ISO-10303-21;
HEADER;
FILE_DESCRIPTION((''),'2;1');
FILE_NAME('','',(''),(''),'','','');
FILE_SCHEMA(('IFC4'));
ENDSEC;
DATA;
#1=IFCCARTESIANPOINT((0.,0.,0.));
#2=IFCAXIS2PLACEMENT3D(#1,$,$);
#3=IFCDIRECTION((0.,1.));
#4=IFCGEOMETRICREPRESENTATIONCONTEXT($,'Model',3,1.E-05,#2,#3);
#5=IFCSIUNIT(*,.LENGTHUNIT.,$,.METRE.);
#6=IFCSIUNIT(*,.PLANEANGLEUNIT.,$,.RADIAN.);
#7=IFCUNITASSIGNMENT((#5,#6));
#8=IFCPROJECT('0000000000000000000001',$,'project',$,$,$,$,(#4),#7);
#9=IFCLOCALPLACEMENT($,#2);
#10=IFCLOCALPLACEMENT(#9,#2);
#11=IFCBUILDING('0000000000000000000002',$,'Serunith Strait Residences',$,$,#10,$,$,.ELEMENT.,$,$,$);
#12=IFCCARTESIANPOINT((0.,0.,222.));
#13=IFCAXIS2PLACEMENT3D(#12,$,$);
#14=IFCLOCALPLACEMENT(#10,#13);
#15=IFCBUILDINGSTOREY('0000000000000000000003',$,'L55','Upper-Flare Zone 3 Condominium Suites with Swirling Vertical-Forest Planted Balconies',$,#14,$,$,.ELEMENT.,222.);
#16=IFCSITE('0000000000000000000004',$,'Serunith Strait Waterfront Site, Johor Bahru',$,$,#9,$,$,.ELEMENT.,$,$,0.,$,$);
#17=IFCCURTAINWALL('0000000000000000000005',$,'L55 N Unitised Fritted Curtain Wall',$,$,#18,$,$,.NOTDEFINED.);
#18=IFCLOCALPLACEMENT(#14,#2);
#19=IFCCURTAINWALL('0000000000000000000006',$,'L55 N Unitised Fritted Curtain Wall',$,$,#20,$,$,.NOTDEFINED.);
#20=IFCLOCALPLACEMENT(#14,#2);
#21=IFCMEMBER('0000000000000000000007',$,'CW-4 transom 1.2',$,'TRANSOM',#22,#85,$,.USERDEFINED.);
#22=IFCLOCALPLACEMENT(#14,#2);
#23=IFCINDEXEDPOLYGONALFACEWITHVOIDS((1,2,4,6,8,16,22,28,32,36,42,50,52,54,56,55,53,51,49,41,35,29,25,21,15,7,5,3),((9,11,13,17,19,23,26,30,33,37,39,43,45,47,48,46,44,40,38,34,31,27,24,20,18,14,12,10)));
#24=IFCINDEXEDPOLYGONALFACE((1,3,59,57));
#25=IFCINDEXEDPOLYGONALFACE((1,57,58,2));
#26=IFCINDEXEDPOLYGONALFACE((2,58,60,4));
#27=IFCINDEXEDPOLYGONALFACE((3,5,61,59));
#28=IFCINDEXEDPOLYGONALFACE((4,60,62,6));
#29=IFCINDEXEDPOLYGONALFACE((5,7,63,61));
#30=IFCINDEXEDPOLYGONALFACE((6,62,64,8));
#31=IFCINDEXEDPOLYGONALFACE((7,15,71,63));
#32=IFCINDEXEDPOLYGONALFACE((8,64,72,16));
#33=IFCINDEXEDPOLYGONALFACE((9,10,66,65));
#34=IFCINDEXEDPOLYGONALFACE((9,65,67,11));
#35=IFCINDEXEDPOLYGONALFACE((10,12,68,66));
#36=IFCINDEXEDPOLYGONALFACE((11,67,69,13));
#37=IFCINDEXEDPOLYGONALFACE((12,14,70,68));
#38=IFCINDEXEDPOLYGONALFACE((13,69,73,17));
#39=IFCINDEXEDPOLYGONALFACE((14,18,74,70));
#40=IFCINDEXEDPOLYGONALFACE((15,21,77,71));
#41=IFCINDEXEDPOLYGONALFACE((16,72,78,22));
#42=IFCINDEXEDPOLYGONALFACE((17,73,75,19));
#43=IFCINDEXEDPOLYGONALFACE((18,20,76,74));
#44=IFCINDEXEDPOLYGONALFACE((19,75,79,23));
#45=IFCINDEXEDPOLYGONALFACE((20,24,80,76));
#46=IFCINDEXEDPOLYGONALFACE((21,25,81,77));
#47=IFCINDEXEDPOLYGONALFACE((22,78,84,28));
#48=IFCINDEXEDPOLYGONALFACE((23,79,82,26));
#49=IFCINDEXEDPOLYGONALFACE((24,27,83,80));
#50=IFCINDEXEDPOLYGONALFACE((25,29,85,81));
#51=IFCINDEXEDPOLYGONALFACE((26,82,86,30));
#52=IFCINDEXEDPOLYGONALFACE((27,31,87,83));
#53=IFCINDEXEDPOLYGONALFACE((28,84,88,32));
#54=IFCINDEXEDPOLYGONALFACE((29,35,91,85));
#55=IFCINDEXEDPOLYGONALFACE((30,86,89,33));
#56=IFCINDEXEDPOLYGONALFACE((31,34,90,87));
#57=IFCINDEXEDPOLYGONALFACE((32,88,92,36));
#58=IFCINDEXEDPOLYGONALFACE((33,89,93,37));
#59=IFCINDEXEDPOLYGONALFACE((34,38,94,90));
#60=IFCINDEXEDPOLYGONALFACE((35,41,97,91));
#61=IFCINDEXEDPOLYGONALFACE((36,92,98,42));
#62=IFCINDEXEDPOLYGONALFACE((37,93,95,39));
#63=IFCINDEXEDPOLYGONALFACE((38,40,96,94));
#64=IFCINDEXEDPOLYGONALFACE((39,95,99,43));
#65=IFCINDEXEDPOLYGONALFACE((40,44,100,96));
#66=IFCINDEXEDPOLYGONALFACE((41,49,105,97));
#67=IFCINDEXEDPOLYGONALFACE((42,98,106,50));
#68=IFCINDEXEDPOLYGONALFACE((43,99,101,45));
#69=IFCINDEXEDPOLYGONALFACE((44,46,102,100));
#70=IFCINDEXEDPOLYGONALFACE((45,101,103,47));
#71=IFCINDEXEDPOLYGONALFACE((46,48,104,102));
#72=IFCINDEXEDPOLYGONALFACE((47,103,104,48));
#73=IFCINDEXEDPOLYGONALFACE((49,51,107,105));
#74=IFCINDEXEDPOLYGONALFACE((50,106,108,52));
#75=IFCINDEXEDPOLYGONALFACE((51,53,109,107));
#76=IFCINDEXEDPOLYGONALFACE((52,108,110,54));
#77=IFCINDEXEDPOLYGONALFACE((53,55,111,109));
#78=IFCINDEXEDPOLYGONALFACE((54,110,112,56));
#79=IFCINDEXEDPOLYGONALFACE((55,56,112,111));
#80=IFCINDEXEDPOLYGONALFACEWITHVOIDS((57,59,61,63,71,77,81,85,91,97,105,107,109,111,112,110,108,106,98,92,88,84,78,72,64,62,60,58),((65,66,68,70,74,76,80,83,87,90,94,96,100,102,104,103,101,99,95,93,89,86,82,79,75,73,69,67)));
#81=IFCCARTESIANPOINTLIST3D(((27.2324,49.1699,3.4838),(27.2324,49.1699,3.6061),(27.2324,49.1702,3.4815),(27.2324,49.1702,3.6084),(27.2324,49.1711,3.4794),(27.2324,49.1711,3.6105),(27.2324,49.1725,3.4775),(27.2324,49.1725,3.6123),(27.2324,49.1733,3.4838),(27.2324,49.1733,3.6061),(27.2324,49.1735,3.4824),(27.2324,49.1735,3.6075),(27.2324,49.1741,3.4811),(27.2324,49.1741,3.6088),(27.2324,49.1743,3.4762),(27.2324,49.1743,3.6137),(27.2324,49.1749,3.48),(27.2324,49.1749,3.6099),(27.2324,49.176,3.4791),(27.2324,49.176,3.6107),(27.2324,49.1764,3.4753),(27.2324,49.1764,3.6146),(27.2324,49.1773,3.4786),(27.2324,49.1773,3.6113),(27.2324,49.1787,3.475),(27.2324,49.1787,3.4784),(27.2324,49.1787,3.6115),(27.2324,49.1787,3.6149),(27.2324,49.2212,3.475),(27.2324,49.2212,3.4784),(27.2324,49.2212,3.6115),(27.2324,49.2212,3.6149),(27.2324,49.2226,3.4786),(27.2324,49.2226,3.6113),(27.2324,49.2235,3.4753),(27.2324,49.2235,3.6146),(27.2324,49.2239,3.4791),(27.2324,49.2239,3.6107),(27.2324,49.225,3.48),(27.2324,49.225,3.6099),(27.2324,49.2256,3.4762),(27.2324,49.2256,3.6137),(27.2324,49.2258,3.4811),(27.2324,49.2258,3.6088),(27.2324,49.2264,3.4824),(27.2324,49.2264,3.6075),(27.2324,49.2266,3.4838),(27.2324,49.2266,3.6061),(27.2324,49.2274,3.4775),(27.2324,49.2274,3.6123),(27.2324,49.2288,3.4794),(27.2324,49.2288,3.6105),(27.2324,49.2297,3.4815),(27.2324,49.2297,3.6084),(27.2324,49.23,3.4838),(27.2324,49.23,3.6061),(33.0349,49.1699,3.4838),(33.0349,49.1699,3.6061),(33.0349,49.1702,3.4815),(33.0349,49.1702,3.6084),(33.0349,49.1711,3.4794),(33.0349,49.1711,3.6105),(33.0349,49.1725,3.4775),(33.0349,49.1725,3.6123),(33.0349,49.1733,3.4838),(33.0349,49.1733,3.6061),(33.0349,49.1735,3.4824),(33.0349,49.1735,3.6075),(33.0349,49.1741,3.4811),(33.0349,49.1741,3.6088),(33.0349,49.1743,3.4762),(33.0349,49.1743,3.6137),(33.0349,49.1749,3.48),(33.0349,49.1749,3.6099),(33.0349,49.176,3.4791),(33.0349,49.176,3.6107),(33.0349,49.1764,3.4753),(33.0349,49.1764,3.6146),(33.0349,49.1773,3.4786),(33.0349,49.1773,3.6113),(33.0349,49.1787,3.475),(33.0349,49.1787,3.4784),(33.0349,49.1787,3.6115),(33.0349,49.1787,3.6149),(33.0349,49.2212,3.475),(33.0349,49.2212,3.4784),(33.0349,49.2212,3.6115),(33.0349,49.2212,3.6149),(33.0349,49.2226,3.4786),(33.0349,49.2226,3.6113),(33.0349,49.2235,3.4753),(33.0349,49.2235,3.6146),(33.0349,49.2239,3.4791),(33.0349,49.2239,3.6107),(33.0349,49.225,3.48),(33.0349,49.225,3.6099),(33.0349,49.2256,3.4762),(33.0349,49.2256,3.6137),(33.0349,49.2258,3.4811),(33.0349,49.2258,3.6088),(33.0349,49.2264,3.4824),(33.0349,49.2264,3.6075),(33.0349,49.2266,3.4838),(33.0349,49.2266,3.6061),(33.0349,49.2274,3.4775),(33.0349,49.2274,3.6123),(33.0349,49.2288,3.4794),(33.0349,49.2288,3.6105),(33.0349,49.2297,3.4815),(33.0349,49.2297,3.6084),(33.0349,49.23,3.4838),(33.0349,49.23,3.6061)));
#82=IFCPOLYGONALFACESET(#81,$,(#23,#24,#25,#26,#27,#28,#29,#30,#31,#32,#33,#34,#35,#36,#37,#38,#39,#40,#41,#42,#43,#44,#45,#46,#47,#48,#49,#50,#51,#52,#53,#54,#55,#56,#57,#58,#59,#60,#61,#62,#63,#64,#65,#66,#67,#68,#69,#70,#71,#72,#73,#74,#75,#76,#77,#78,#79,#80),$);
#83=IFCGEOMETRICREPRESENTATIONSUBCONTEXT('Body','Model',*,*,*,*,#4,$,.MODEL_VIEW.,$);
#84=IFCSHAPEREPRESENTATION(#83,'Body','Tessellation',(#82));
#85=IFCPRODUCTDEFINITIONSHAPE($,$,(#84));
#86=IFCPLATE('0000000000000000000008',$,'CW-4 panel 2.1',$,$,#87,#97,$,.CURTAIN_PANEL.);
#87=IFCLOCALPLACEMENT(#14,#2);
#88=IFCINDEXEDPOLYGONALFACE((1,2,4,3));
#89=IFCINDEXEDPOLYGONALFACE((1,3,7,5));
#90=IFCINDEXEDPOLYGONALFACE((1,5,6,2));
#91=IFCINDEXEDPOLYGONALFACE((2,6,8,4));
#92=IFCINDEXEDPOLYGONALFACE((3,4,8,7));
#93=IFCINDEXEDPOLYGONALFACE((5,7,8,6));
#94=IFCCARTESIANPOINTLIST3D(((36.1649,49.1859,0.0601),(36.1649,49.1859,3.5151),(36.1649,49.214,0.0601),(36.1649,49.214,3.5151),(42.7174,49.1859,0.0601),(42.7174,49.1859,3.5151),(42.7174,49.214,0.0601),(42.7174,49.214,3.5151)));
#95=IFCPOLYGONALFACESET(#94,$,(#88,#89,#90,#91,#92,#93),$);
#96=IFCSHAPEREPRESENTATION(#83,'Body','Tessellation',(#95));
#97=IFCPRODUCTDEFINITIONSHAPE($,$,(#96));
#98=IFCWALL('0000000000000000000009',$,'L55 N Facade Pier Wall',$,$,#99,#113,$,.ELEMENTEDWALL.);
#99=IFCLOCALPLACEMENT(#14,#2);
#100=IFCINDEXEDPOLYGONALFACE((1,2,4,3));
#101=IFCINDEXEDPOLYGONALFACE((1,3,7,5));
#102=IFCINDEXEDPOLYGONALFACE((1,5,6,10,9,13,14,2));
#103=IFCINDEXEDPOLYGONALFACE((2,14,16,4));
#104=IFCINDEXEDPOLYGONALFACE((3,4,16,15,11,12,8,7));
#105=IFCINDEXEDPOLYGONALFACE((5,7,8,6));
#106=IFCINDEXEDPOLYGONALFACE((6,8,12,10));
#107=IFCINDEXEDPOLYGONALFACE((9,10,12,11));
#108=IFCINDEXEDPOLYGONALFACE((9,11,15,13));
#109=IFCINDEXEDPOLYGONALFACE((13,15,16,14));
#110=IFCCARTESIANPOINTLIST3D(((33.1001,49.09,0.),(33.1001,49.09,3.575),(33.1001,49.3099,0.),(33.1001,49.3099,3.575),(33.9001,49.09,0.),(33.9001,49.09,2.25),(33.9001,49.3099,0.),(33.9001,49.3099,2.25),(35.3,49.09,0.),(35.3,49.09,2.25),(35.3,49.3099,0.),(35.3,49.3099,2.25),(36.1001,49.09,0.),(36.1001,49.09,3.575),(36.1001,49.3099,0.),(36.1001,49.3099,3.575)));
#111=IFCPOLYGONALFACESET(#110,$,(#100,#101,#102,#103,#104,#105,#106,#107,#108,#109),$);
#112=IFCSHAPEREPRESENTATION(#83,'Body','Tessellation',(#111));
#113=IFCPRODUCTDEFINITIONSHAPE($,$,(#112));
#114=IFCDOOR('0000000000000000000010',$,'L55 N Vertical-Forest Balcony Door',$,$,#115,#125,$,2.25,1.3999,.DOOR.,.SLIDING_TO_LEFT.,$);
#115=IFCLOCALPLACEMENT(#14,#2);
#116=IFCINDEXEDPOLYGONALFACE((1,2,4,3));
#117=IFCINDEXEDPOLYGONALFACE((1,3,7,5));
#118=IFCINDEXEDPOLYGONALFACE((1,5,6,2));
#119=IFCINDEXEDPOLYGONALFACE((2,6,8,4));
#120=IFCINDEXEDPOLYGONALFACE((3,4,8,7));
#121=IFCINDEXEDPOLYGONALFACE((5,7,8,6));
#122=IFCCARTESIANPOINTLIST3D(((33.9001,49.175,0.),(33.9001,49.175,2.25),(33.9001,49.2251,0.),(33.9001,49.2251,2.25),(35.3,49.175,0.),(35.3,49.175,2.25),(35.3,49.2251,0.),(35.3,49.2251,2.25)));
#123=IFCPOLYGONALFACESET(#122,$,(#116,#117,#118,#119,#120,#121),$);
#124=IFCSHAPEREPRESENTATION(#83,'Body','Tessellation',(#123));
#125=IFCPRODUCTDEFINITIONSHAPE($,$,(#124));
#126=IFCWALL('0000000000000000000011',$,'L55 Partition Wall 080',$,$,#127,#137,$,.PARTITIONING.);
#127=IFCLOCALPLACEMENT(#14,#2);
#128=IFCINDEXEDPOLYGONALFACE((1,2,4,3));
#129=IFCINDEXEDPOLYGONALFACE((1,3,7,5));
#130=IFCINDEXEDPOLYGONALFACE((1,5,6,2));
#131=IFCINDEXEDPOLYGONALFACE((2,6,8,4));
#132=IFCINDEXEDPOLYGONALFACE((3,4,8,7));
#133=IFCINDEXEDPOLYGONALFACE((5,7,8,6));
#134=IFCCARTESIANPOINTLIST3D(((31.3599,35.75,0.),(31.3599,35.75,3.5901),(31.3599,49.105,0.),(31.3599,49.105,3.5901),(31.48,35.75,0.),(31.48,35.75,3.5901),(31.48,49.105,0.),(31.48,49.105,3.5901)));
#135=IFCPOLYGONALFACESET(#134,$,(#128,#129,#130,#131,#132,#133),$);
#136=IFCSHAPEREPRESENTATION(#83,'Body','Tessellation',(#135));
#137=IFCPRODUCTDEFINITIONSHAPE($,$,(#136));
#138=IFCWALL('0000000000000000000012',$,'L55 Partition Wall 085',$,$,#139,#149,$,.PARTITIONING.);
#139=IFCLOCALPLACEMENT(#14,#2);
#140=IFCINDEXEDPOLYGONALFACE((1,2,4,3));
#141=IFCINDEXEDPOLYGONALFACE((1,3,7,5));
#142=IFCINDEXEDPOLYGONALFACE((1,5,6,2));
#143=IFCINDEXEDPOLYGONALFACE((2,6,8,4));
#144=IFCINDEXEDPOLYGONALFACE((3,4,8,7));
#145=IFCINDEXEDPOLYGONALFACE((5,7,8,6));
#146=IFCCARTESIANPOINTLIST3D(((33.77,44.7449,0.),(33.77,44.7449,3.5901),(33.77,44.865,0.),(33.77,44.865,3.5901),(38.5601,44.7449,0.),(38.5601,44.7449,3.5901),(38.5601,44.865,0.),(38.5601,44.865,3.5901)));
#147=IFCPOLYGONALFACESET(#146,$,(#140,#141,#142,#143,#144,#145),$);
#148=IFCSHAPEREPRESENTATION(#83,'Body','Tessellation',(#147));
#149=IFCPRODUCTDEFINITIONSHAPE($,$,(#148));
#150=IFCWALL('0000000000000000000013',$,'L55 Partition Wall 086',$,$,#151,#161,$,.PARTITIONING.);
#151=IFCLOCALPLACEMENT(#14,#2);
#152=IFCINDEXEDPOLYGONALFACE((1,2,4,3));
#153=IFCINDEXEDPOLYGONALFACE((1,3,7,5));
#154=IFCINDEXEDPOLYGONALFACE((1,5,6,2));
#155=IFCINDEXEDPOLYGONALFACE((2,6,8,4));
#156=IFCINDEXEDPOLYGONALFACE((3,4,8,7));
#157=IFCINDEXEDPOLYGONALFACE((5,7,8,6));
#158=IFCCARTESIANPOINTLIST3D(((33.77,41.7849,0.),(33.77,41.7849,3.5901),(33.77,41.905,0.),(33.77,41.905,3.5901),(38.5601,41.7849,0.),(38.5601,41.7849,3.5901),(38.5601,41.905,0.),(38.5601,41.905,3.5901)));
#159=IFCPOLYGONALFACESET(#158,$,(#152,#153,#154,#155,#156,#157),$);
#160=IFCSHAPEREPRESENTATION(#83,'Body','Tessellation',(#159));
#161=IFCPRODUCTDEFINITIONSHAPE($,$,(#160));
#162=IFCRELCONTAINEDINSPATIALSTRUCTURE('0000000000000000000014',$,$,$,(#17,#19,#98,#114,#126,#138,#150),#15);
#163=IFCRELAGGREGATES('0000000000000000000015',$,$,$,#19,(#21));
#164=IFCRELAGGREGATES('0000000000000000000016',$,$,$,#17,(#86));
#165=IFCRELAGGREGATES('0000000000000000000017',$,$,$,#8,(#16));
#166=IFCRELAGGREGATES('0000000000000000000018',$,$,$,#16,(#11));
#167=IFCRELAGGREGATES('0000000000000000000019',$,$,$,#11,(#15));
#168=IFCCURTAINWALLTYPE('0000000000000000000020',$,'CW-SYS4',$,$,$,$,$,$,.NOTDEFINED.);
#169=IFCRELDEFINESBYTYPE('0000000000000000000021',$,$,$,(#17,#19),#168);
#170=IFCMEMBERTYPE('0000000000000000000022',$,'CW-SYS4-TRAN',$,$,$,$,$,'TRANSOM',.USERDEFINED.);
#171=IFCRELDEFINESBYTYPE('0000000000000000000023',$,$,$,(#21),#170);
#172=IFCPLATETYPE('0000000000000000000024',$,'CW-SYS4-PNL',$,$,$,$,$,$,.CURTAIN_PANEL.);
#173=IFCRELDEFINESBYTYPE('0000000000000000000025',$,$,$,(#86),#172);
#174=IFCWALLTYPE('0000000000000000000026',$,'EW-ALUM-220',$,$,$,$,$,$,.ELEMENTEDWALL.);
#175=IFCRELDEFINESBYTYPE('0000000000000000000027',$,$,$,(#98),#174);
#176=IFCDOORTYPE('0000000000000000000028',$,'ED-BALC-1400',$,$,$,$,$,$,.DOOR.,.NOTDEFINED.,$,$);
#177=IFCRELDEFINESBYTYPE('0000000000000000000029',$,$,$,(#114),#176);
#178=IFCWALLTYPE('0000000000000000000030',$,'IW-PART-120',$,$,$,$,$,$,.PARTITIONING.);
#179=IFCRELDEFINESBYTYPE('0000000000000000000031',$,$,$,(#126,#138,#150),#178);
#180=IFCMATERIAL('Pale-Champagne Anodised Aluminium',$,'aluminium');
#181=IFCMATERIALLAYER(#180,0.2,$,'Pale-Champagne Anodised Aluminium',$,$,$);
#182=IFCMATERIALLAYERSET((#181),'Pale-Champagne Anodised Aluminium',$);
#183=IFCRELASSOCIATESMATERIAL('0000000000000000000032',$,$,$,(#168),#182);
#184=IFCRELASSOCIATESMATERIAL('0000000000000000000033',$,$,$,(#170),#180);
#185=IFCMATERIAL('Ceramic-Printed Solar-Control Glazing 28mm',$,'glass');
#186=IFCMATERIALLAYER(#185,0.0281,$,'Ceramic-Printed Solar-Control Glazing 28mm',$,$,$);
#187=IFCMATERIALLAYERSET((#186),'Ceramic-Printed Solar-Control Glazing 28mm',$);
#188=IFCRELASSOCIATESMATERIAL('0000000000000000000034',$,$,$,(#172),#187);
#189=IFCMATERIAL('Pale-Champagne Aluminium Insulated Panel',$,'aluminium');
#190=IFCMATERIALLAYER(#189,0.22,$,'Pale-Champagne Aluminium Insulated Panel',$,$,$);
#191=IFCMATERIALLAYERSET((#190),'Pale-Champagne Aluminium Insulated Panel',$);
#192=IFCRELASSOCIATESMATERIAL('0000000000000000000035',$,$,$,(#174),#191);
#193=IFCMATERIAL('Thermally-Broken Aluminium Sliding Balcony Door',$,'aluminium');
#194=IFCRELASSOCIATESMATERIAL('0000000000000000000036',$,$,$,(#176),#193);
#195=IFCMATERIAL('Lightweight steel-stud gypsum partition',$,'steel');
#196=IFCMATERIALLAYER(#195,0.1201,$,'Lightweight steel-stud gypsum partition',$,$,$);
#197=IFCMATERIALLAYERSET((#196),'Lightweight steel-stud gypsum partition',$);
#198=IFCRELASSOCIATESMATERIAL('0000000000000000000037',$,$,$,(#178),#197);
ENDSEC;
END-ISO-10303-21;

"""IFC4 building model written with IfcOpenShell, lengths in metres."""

from ifc_helpers import new_model, si_unit, direction, frame, frame_2d, origin, origin_2d, place, context, subcontext, project, spatial, rectangle, hollow_rectangle, extrude, source, transform, mapped, material, layer, layer_set, material_profile, profile_set, type_object, element, fill, aggregate, save


model = new_model("IFC4")

# Units and contexts
model_context = context("Model", 3, precision=1e-05, world=origin(), true_north=direction((0.0, 1.0)))
body_context = subcontext(model_context, "Body", "Model", "MODEL_VIEW")
ifc_project = project(units=[si_unit("LENGTHUNIT", "METRE"), si_unit("PLANEANGLEUNIT", "RADIAN")], contexts=[model_context])

# Site, building, storey
site_placement = place(None, origin())
site = spatial("IfcSite", under=ifc_project, at=site_placement, Name="Serunith Strait Waterfront Site, Johor Bahru", CompositionType="ELEMENT", RefElevation=0.0)
building_placement = place(site_placement, origin())
building = spatial("IfcBuilding", under=site, at=building_placement, Name="Serunith Strait Residences", CompositionType="ELEMENT")
storey_placement = place(building_placement, frame((0.0, 0.0, 222.0)))
storey = spatial("IfcBuildingStorey", under=building, at=storey_placement, Name="L55", Description="Upper-Flare Zone 3 Condominium Suites with Swirling Vertical-Forest Planted Balconies", CompositionType="ELEMENT", Elevation=222.0)

# Curtain wall
ifc_material_1 = material(Name="Pale-Champagne Anodised Aluminium", Category="aluminium")
ifc_layer_1 = layer(ifc_material_1, 0.2, Name="Pale-Champagne Anodised Aluminium")
ifc_layer_set_1 = layer_set([ifc_layer_1], Name="Pale-Champagne Anodised Aluminium")
curtain_wall_type = type_object("IfcCurtainWallType", Name="CW-SYS4", PredefinedType="NOTDEFINED", material=ifc_layer_set_1)
curtain_wall_1_placement = place(storey_placement, origin())
curtain_wall_1 = element("IfcCurtainWall", 1, at=curtain_wall_1_placement, inside=storey, type_object=curtain_wall_type, Name="L55 N Unitised Fritted Curtain Wall", PredefinedType="NOTDEFINED")

# Curtain wall
curtain_wall_2_placement = place(storey_placement, origin())
curtain_wall_2 = element("IfcCurtainWall", 2, at=curtain_wall_2_placement, inside=storey, type_object=curtain_wall_type, Name="L55 N Unitised Fritted Curtain Wall", PredefinedType="NOTDEFINED")

# Member
ifc_material_profile_1 = material_profile(ifc_material_1, hollow_rectangle(XDim=0.0601, YDim=0.1399, WallThickness=0.0034, InnerFilletRadius=0.0054, OuterFilletRadius=0.0088, at=origin_2d()), Name="ALU 140x60x3.5")
ifc_profile_set_1 = profile_set([ifc_material_profile_1], Name="Pale-Champagne Anodised Aluminium")
member_type_1 = type_object("IfcMemberType", Name="CW-SYS4-TRAN", ElementType="TRANSOM", PredefinedType="USERDEFINED", material=ifc_profile_set_1)
shared_shape_1 = source(origin(), body_context, "Body", "SweptSolid", [
    extrude(hollow_rectangle(XDim=0.0601, YDim=0.1399, WallThickness=0.0034, InnerFilletRadius=0.0054, OuterFilletRadius=0.0088, at=origin_2d()), origin(), (0.0, 0.0, 1.0), 5.8025),
])
member_1_placement = place(storey_placement, frame((33.0349, 49.2, 3.5449), z_axis=(-1.0, 0.0, 0.0), x_axis=(0.0, -1.0, 0.0)))
member_1 = element("IfcMember", 3, at=member_1_placement, type_object=member_type_1, Name="CW-4 transom 1.2", ObjectType="TRANSOM", PredefinedType="USERDEFINED", context=body_context, shape_type="MappedRepresentation", body=[
    mapped(shared_shape_1, transform((0.0, 0.0, 0.0), scale=1.0)),
])
aggregate(curtain_wall_2, [member_1])

# Plate
ifc_material_2 = material(Name="Ceramic-Printed Solar-Control Glazing 28mm", Category="glass")
ifc_layer_2 = layer(ifc_material_2, 0.0281, Name="Ceramic-Printed Solar-Control Glazing 28mm")
ifc_layer_set_2 = layer_set([ifc_layer_2], Name="Ceramic-Printed Solar-Control Glazing 28mm")
plate_type = type_object("IfcPlateType", Name="CW-SYS4-PNL", PredefinedType="CURTAIN_PANEL", material=ifc_layer_set_2)
shared_shape_2 = source(origin(), body_context, "Body", "SweptSolid", [
    extrude(rectangle(XDim=6.5525, YDim=0.0281, at=origin_2d()), origin(), (0.0, 0.0, 1.0), 3.4551),
])
plate_placement = place(storey_placement, frame((39.4412, 49.2, 0.0601), z_axis=(0.0, 0.0, 1.0), x_axis=(-1.0, 0.0, 0.0)))
plate = element("IfcPlate", 4, at=plate_placement, type_object=plate_type, Name="CW-4 panel 2.1", PredefinedType="CURTAIN_PANEL", context=body_context, shape_type="MappedRepresentation", body=[
    mapped(shared_shape_2, transform((0.0, 0.0, 0.0), scale=1.0)),
])
aggregate(curtain_wall_1, [plate])

# Wall, opening, door
ifc_material_3 = material(Name="Pale-Champagne Aluminium Insulated Panel", Category="aluminium")
ifc_layer_3 = layer(ifc_material_3, 0.22, Name="Pale-Champagne Aluminium Insulated Panel")
ifc_layer_set_3 = layer_set([ifc_layer_3], Name="Pale-Champagne Aluminium Insulated Panel")
wall_type_1 = type_object("IfcWallType", Name="EW-ALUM-220", PredefinedType="ELEMENTEDWALL", material=ifc_layer_set_3)
wall_1_placement = place(storey_placement, frame((36.1001, 49.2, 0.0), z_axis=(0.0, 0.0, 1.0), x_axis=(-1.0, 0.0, 0.0)))
wall_1 = element("IfcWall", 5, at=wall_1_placement, inside=storey, type_object=wall_type_1, Name="L55 N Facade Pier Wall", PredefinedType="ELEMENTEDWALL", context=body_context, shape_type="SweptSolid", body=[
    extrude(rectangle(XDim=3.0, YDim=0.22, at=frame_2d((1.5, 0.0))), origin(), (0.0, 0.0, 1.0), 3.575),
])
opening_1_placement = place(wall_1_placement, frame((0.8, 0.0, 0.0)))
opening_1 = element("IfcOpeningElement", 6, at=opening_1_placement, cuts=wall_1, PredefinedType="OPENING", context=body_context, shape_type="SweptSolid", body=[
    extrude(rectangle(XDim=1.3999, YDim=2.25, at=frame_2d((0.7, 1.125))), frame((0.0, 0.1201, 0.0), z_axis=(0.0, -1.0, 0.0), x_axis=(1.0, 0.0, 0.0)), (0.0, 0.0, 1.0), 0.24),
])
ifc_material_4 = material(Name="Thermally-Broken Aluminium Sliding Balcony Door", Category="aluminium")
door_type_1 = type_object("IfcDoorType", Name="ED-BALC-1400", OperationType="NOTDEFINED", PredefinedType="DOOR", material=ifc_material_4)
shared_shape_3 = source(origin(), body_context, "Body", "SweptSolid", [
    extrude(rectangle(XDim=1.3999, YDim=2.25, at=frame_2d((0.7, 1.125))), frame((0.0, 0.0249, 0.0), z_axis=(0.0, -1.0, 0.0), x_axis=(1.0, 0.0, 0.0)), (0.0, 0.0, 1.0), 0.05),
])
door_1_placement = place(opening_1_placement, origin())
door_1 = element("IfcDoor", 7, at=door_1_placement, inside=storey, type_object=door_type_1, Name="L55 N Vertical-Forest Balcony Door", OperationType="SLIDING_TO_LEFT", OverallHeight=2.25, OverallWidth=1.3999, PredefinedType="DOOR", context=body_context, shape_type="MappedRepresentation", body=[
    mapped(shared_shape_3, transform((0.0, 0.0, 0.0), scale=1.0)),
])
fill(opening_1, door_1)

# Walls
ifc_material_5 = material(Name="Lightweight steel-stud gypsum partition", Category="steel")
ifc_layer_4 = layer(ifc_material_5, 0.1201, Name="Lightweight steel-stud gypsum partition")
ifc_layer_set_4 = layer_set([ifc_layer_4], Name="Lightweight steel-stud gypsum partition")
wall_type_2 = type_object("IfcWallType", Name="IW-PART-120", PredefinedType="PARTITIONING", material=ifc_layer_set_4)
wall_2_placement = place(storey_placement, frame((31.4199, 49.105, 0.0), z_axis=(0.0, 0.0, 1.0), x_axis=(0.0, -1.0, 0.0)))
element("IfcWall", 8, at=wall_2_placement, inside=storey, type_object=wall_type_2, Name="L55 Partition Wall 080", PredefinedType="PARTITIONING", context=body_context, shape_type="SweptSolid", body=[
    extrude(rectangle(XDim=13.355, YDim=0.1201, at=frame_2d((6.6775, 0.0))), origin(), (0.0, 0.0, 1.0), 3.5901),
])
for number, where, z_axis, x_axis, name in (
    (9, (33.77, 44.8049, 0.0), (0.0, 0.0, 1.0), (1.0, 0.0, 0.0), "L55 Partition Wall 085"),
    (10, (33.77, 41.845, 0.0), (0.0, 0.0, 1.0), (1.0, 0.0, 0.0), "L55 Partition Wall 086"),
):
    element("IfcWall", number, at=place(storey_placement, frame(where, z_axis=z_axis, x_axis=x_axis)), inside=storey, type_object=wall_type_2, Name=name, PredefinedType="PARTITIONING", context=body_context, shape_type="SweptSolid", body=[
        extrude(rectangle(XDim=4.79, YDim=0.1201, at=frame_2d((2.395, 0.0))), origin(), (0.0, 0.0, 1.0), 3.5901),
    ])

save(model, "model.ifc")
